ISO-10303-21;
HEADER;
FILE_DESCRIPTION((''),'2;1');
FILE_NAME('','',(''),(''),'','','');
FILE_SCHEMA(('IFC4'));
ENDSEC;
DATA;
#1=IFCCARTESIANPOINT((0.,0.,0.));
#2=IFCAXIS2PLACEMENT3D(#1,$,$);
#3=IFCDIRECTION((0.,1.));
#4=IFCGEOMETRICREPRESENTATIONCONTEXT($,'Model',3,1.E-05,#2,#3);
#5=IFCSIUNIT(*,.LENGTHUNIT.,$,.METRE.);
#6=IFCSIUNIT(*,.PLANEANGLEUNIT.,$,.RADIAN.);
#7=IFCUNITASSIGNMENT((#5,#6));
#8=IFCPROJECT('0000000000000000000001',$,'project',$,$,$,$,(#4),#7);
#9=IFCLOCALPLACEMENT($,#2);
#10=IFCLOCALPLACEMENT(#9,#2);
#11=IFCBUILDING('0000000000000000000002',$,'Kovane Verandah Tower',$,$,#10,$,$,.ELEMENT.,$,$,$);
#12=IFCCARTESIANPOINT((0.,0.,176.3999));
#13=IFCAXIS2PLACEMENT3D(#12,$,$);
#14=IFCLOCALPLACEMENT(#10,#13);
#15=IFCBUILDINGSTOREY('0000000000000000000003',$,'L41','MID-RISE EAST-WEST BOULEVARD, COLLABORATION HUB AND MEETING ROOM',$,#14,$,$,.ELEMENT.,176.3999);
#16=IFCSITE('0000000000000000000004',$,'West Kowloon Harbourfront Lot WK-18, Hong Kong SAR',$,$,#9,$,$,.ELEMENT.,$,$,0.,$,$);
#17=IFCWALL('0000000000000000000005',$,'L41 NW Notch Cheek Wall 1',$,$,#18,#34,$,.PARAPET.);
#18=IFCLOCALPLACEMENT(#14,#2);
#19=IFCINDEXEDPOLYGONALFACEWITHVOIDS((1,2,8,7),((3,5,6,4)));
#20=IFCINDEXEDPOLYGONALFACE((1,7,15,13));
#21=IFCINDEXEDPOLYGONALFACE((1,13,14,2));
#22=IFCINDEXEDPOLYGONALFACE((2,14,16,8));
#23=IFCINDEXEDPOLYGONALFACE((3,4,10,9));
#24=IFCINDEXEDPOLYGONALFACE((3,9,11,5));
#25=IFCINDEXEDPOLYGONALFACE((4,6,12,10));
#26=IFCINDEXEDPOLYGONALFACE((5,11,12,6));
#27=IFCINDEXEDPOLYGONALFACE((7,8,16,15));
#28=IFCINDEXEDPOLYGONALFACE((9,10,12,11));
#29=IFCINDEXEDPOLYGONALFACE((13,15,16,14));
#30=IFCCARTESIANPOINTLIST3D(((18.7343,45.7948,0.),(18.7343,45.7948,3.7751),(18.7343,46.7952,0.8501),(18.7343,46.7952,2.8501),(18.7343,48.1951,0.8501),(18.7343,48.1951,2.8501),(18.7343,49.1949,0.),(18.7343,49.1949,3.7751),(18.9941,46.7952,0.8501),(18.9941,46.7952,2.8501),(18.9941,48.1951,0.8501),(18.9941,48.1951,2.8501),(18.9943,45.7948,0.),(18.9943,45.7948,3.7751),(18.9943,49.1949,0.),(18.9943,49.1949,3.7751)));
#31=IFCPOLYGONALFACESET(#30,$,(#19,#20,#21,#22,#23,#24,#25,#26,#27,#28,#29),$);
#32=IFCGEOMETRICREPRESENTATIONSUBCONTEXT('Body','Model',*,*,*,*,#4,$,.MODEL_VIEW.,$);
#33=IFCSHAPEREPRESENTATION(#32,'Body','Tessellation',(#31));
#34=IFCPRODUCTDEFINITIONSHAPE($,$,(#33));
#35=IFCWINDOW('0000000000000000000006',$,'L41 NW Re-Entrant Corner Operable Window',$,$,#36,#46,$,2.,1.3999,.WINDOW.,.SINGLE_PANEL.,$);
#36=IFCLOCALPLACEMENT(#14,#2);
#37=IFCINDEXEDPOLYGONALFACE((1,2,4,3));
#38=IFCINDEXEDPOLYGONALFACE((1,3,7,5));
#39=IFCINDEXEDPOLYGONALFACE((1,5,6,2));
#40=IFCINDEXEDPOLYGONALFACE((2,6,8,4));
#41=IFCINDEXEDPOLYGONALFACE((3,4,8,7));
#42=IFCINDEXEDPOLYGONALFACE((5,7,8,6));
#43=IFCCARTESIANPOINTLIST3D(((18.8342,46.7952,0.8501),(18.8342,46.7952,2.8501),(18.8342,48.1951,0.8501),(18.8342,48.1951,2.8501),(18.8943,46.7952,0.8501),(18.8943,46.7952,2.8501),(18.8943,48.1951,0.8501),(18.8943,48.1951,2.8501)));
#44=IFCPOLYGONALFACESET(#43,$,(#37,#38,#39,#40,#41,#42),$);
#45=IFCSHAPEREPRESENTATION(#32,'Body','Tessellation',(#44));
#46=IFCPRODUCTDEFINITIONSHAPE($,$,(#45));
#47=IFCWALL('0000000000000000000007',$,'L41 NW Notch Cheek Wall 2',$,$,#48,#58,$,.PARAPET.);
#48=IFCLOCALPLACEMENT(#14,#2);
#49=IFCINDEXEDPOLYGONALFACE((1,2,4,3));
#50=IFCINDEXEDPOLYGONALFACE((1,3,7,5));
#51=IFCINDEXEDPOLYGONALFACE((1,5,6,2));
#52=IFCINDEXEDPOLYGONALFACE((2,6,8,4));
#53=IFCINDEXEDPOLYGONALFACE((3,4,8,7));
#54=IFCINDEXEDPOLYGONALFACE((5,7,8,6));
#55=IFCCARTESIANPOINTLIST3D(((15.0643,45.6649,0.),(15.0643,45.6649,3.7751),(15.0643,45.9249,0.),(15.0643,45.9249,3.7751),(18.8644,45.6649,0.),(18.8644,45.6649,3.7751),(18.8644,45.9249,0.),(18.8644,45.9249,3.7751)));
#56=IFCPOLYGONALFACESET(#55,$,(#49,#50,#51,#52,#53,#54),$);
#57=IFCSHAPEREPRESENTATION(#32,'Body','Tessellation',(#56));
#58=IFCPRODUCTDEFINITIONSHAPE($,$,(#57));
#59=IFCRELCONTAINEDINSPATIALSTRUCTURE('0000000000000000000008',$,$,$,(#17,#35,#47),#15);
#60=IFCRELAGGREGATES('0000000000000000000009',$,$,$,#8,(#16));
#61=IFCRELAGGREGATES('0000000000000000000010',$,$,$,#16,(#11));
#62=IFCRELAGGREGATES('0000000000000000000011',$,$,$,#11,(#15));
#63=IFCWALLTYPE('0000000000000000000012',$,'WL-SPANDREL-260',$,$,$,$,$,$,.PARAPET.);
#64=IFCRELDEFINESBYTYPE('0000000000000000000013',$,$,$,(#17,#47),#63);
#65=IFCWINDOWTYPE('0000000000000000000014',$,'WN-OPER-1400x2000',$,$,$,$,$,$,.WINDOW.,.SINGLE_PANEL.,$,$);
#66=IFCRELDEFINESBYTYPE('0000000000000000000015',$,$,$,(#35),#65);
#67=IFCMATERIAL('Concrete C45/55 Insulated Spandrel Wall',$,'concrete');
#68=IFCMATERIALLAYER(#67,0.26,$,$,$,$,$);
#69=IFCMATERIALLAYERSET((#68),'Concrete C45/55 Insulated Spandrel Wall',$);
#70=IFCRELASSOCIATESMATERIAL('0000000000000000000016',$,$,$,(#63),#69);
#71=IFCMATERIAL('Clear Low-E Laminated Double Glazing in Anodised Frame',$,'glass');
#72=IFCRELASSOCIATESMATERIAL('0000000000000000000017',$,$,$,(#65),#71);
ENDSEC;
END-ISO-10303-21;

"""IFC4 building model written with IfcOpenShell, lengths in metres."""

from ifc_helpers import new_model, si_unit, direction, frame, frame_2d, origin, place, context, subcontext, project, spatial, rectangle, extrude, material, layer, layer_set, type_object, element, fill, save


model = new_model("IFC4")

# Units and contexts
model_context = context("Model", 3, precision=1e-05, world=origin(), true_north=direction((0.0, 1.0)))
body_context = subcontext(model_context, "Body", "Model", "MODEL_VIEW")
ifc_project = project(units=[si_unit("LENGTHUNIT", "METRE"), si_unit("PLANEANGLEUNIT", "RADIAN")], contexts=[model_context])

# Site, building, storey
site_placement = place(None, origin())
site = spatial("IfcSite", under=ifc_project, at=site_placement, Name="West Kowloon Harbourfront Lot WK-18, Hong Kong SAR", CompositionType="ELEMENT", RefElevation=0.0)
building_placement = place(site_placement, origin())
building = spatial("IfcBuilding", under=site, at=building_placement, Name="Kovane Verandah Tower", CompositionType="ELEMENT")
storey_placement = place(building_placement, frame((0.0, 0.0, 176.3999)))
storey = spatial("IfcBuildingStorey", under=building, at=storey_placement, Name="L41", Description="MID-RISE EAST-WEST BOULEVARD, COLLABORATION HUB AND MEETING ROOM", CompositionType="ELEMENT", Elevation=176.3999)

# Wall, opening, window
ifc_material_1 = material(Name="Concrete C45/55 Insulated Spandrel Wall", Category="concrete")
ifc_layer_1 = layer(ifc_material_1, 0.26)
ifc_layer_set_1 = layer_set([ifc_layer_1], Name="Concrete C45/55 Insulated Spandrel Wall")
wall_type_1 = type_object("IfcWallType", Name="WL-SPANDREL-260", PredefinedType="PARAPET", material=ifc_layer_set_1)
wall_1_placement = place(storey_placement, frame((18.8643, 49.1951, 0.0), z_axis=(0.0, 0.0, 1.0), x_axis=(0.0, -1.0, 0.0)))
wall_1 = element("IfcWall", 1, at=wall_1_placement, inside=storey, type_object=wall_type_1, Name="L41 NW Notch Cheek Wall 1", PredefinedType="PARAPET", context=body_context, shape_type="SweptSolid", body=[
    extrude(rectangle(XDim=3.4001, YDim=0.26, at=frame_2d((1.7002, 0.0))), origin(), (0.0, 0.0, 1.0), 3.7751),
])
opening_1_placement = place(wall_1_placement, frame((1.0, 0.0, 0.8501)))
opening_1 = element("IfcOpeningElement", 2, at=opening_1_placement, cuts=wall_1, PredefinedType="OPENING", context=body_context, shape_type="SweptSolid", body=[
    extrude(rectangle(XDim=1.3999, YDim=2.0, at=frame_2d((0.7, 1.0))), frame((0.0, 0.1299, 0.0), z_axis=(0.0, -1.0, 0.0), x_axis=(1.0, 0.0, 0.0)), (0.0, 0.0, 1.0), 0.26),
])
ifc_material_2 = material(Name="Clear Low-E Laminated Double Glazing in Anodised Frame", Category="glass")
window_type = type_object("IfcWindowType", Name="WN-OPER-1400x2000", PartitioningType="SINGLE_PANEL", PredefinedType="WINDOW", material=ifc_material_2)
window_placement = place(opening_1_placement, origin())
window = element("IfcWindow", 3, at=window_placement, inside=storey, type_object=window_type, Name="L41 NW Re-Entrant Corner Operable Window", OverallHeight=2.0, OverallWidth=1.3999, PartitioningType="SINGLE_PANEL", PredefinedType="WINDOW", context=body_context, shape_type="SweptSolid", body=[
    extrude(rectangle(XDim=1.3999, YDim=2.0, at=frame_2d((0.7, 1.0))), frame((0.0, 0.03, 0.0), z_axis=(0.0, -1.0, 0.0), x_axis=(1.0, 0.0, 0.0)), (0.0, 0.0, 1.0), 0.0601),
])
fill(opening_1, window)

# Wall
wall_2_placement = place(storey_placement, frame((18.8643, 45.7949, 0.0), z_axis=(0.0, 0.0, 1.0), x_axis=(-1.0, 0.0, 0.0)))
element("IfcWall", 4, at=wall_2_placement, inside=storey, type_object=wall_type_1, Name="L41 NW Notch Cheek Wall 2", PredefinedType="PARAPET", context=body_context, shape_type="SweptSolid", body=[
    extrude(rectangle(XDim=3.8, YDim=0.26, at=frame_2d((1.8999, 0.0))), origin(), (0.0, 0.0, 1.0), 3.7751),
])

save(model, "model.ifc")
